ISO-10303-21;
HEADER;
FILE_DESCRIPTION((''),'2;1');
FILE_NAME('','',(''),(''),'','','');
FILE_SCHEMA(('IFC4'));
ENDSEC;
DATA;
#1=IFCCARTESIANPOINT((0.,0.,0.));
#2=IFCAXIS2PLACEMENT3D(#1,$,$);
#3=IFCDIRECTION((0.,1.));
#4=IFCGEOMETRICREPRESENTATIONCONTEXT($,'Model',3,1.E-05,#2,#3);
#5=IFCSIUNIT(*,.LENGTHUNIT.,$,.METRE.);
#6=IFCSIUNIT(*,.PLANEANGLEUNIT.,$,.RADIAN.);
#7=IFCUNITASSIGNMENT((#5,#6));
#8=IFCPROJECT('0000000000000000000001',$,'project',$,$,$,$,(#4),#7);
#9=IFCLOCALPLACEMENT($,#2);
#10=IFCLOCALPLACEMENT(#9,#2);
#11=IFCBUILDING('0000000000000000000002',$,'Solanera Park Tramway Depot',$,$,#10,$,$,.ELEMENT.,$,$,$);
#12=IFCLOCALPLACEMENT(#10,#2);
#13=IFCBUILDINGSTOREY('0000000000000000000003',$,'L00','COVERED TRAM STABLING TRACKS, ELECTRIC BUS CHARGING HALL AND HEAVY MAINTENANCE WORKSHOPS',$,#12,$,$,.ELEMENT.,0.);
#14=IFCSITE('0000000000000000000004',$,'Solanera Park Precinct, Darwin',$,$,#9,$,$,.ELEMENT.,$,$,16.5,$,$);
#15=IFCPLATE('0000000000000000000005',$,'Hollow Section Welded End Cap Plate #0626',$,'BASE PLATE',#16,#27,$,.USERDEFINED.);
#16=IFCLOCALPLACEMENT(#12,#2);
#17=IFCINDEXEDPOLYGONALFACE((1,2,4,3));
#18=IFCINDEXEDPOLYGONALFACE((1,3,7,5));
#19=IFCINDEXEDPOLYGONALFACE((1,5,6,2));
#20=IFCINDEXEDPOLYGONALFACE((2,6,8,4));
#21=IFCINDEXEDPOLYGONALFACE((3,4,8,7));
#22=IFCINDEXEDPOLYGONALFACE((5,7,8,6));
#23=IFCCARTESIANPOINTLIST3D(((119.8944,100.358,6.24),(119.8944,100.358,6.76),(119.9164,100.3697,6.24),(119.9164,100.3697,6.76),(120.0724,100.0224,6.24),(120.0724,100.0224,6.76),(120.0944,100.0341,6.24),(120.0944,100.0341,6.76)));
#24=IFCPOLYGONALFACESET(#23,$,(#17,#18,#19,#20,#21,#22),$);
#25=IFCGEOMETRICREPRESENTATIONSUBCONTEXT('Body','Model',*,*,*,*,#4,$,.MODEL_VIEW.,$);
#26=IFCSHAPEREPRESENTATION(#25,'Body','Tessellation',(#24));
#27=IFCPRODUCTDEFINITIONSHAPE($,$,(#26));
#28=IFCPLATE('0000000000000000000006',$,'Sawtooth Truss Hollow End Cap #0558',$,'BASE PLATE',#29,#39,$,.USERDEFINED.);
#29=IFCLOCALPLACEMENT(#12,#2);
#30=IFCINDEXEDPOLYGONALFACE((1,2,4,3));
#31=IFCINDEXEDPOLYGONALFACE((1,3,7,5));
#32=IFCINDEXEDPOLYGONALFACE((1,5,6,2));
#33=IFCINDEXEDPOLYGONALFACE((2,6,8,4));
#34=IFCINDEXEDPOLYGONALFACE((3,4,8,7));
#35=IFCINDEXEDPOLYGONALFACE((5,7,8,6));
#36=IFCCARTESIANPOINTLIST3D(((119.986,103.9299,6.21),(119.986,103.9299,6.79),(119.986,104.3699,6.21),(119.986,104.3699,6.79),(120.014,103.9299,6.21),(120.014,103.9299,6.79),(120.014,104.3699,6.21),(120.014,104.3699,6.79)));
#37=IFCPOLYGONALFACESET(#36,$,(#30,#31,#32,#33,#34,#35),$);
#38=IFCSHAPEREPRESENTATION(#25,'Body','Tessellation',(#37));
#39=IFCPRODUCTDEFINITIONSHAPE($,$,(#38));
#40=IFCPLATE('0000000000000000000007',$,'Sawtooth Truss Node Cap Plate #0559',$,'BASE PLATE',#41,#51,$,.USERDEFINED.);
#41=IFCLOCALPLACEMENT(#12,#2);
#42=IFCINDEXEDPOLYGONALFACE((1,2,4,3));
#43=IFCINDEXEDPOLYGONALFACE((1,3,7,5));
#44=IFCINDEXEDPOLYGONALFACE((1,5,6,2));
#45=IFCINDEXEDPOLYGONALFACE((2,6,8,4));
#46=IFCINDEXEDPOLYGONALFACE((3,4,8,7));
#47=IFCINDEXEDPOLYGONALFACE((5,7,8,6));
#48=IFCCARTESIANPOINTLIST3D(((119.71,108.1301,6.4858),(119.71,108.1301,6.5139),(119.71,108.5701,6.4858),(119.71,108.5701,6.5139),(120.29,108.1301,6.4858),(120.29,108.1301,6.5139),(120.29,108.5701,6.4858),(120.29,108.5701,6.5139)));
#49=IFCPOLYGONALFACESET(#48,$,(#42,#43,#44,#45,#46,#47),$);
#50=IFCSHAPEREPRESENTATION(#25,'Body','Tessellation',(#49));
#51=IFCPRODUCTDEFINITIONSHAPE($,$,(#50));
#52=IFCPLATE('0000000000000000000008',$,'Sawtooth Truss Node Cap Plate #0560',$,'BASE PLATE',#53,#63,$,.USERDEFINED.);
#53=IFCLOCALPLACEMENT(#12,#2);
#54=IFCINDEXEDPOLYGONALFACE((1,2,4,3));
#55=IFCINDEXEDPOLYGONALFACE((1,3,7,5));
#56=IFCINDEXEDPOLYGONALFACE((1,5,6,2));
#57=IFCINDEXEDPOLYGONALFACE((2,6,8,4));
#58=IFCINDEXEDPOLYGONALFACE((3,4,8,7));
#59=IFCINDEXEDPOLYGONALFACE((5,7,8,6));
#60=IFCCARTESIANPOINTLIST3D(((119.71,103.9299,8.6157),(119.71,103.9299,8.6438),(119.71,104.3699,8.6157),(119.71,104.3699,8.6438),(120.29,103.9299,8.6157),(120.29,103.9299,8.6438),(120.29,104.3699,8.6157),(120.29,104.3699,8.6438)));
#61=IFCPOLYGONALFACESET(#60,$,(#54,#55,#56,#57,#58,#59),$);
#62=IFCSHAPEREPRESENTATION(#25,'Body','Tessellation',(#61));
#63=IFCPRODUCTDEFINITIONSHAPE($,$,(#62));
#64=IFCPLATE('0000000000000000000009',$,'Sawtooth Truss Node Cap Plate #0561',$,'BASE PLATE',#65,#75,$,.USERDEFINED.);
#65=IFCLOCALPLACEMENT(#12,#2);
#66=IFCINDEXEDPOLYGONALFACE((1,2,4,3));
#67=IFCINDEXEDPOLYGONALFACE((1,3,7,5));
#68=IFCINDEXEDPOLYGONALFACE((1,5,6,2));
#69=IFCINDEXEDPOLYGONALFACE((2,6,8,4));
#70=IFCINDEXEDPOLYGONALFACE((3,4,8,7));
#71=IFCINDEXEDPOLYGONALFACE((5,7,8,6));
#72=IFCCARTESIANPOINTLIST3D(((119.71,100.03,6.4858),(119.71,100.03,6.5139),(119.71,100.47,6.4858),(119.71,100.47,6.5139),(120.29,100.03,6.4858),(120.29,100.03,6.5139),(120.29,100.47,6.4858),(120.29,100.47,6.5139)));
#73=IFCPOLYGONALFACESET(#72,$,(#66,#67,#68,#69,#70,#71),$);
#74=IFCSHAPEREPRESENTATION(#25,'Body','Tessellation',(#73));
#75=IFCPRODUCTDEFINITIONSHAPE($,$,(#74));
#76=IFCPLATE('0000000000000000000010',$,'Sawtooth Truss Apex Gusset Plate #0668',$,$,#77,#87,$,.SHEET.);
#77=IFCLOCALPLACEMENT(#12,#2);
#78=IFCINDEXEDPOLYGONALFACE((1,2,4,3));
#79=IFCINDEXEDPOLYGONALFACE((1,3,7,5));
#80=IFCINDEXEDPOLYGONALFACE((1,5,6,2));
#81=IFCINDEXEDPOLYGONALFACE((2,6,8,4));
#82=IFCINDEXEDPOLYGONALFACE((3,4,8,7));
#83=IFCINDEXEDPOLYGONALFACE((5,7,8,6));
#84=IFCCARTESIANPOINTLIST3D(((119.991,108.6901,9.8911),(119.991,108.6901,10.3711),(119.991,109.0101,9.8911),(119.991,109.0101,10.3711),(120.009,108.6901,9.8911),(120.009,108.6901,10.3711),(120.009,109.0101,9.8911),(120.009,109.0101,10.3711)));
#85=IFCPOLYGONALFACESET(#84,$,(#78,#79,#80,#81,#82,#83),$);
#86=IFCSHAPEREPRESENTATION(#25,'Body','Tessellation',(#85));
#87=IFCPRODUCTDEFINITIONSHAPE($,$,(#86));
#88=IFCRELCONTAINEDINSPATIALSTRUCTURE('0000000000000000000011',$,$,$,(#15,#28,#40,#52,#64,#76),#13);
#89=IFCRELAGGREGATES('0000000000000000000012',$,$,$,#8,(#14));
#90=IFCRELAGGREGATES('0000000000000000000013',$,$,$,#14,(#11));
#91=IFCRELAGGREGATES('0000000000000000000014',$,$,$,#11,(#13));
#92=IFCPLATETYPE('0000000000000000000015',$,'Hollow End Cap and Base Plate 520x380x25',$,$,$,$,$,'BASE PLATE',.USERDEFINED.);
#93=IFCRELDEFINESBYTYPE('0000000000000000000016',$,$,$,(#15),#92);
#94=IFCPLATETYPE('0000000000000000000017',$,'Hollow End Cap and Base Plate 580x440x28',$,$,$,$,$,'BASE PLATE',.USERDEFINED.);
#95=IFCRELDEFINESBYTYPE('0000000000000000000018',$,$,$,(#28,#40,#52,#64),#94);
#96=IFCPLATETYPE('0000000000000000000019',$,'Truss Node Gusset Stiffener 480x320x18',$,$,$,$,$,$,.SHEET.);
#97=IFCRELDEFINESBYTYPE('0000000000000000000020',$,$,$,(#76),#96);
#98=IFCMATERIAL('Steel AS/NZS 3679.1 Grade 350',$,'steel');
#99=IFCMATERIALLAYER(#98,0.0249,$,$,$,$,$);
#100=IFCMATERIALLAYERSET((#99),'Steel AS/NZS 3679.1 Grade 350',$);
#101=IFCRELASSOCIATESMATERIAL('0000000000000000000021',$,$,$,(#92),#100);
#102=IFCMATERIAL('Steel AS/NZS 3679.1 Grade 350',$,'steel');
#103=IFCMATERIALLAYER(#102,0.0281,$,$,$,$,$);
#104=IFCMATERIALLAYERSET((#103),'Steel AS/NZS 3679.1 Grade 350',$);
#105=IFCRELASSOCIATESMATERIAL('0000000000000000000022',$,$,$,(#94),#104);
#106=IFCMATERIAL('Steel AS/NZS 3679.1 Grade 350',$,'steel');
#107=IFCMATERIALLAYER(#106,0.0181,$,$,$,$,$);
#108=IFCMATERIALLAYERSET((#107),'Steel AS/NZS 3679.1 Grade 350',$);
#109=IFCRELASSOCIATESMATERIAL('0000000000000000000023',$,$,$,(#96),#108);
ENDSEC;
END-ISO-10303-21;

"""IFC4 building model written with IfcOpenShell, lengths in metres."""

from ifc_helpers import new_model, si_unit, direction, frame, origin, origin_2d, place, context, subcontext, project, spatial, rectangle, extrude, material, layer, layer_set, type_object, element, save


model = new_model("IFC4")

# Units and contexts
model_context = context("Model", 3, precision=1e-05, world=origin(), true_north=direction((0.0, 1.0)))
body_context = subcontext(model_context, "Body", "Model", "MODEL_VIEW")
ifc_project = project(units=[si_unit("LENGTHUNIT", "METRE"), si_unit("PLANEANGLEUNIT", "RADIAN")], contexts=[model_context])

# Site, building, storey
site_placement = place(None, origin())
site = spatial("IfcSite", under=ifc_project, at=site_placement, Name="Solanera Park Precinct, Darwin", CompositionType="ELEMENT", RefElevation=16.5)
building_placement = place(site_placement, origin())
building = spatial("IfcBuilding", under=site, at=building_placement, Name="Solanera Park Tramway Depot", CompositionType="ELEMENT")
storey_placement = place(building_placement, origin())
storey = spatial("IfcBuildingStorey", under=building, at=storey_placement, Name="L00", Description="COVERED TRAM STABLING TRACKS, ELECTRIC BUS CHARGING HALL AND HEAVY MAINTENANCE WORKSHOPS", CompositionType="ELEMENT", Elevation=0.0)

# Plates
ifc_material_1 = material(Name="Steel AS/NZS 3679.1 Grade 350", Category="steel")
ifc_layer_1 = layer(ifc_material_1, 0.0249)
ifc_layer_set_1 = layer_set([ifc_layer_1], Name="Steel AS/NZS 3679.1 Grade 350")
plate_type_1 = type_object("IfcPlateType", Name="Hollow End Cap and Base Plate 520x380x25", ElementType="BASE PLATE", PredefinedType="USERDEFINED", material=ifc_layer_set_1)
plate_1_placement = place(storey_placement, frame((119.9944, 100.196, 6.24), z_axis=(0.0, 0.0, 1.0), x_axis=(0.883521, 0.468392, 0.0)))
element("IfcPlate", 1, at=plate_1_placement, inside=storey, type_object=plate_type_1, Name="Hollow Section Welded End Cap Plate #0626", ObjectType="BASE PLATE", PredefinedType="USERDEFINED", context=body_context, shape_type="SweptSolid", body=[
    extrude(rectangle(XDim=0.0249, YDim=0.3799, at=origin_2d()), origin(), (0.0, 0.0, 1.0), 0.52),
])
ifc_material_2 = material(Name="Steel AS/NZS 3679.1 Grade 350", Category="steel")
ifc_layer_2 = layer(ifc_material_2, 0.0281)
ifc_layer_set_2 = layer_set([ifc_layer_2], Name="Steel AS/NZS 3679.1 Grade 350")
plate_type_2 = type_object("IfcPlateType", Name="Hollow End Cap and Base Plate 580x440x28", ElementType="BASE PLATE", PredefinedType="USERDEFINED", material=ifc_layer_set_2)
plate_2_placement = place(storey_placement, frame((120.0, 104.1499, 6.21), z_axis=(0.0, 0.0, 1.0), x_axis=(1.0, 0.0, 0.0)))
element("IfcPlate", 2, at=plate_2_placement, inside=storey, type_object=plate_type_2, Name="Sawtooth Truss Hollow End Cap #0558", ObjectType="BASE PLATE", PredefinedType="USERDEFINED", context=body_context, shape_type="SweptSolid", body=[
    extrude(rectangle(XDim=0.0281, YDim=0.4399, at=origin_2d()), origin(), (0.0, 0.0, 1.0), 0.5801),
])
for number, where, z_axis, x_axis, name in (
    (3, (120.0, 108.3501, 6.4858), (0.0, 0.0, 1.0), (1.0, 0.0, 0.0), "Sawtooth Truss Node Cap Plate #0559"),
    (4, (120.0, 104.1499, 8.6157), (0.0, 0.0, 1.0), (1.0, 0.0, 0.0), "Sawtooth Truss Node Cap Plate #0560"),
    (5, (120.0, 100.25, 6.4858), (0.0, 0.0, 1.0), (1.0, 0.0, 0.0), "Sawtooth Truss Node Cap Plate #0561"),
):
    element("IfcPlate", number, at=place(storey_placement, frame(where, z_axis=z_axis, x_axis=x_axis)), inside=storey, type_object=plate_type_2, Name=name, ObjectType="BASE PLATE", PredefinedType="USERDEFINED", context=body_context, shape_type="SweptSolid", body=[
        extrude(rectangle(XDim=0.5801, YDim=0.4399, at=origin_2d()), origin(), (0.0, 0.0, 1.0), 0.0281),
    ])
ifc_material_3 = material(Name="Steel AS/NZS 3679.1 Grade 350", Category="steel")
ifc_layer_3 = layer(ifc_material_3, 0.0181)
ifc_layer_set_3 = layer_set([ifc_layer_3], Name="Steel AS/NZS 3679.1 Grade 350")
plate_type_3 = type_object("IfcPlateType", Name="Truss Node Gusset Stiffener 480x320x18", PredefinedType="SHEET", material=ifc_layer_set_3)
plate_3_placement = place(storey_placement, frame((120.0, 108.8501, 9.8911), z_axis=(0.0, 0.0, 1.0), x_axis=(1.0, 0.0, 0.0)))
element("IfcPlate", 6, at=plate_3_placement, inside=storey, type_object=plate_type_3, Name="Sawtooth Truss Apex Gusset Plate #0668", PredefinedType="SHEET", context=body_context, shape_type="SweptSolid", body=[
    extrude(rectangle(XDim=0.0181, YDim=0.3201, at=origin_2d()), origin(), (0.0, 0.0, 1.0), 0.48),
])

save(model, "model.ifc")
